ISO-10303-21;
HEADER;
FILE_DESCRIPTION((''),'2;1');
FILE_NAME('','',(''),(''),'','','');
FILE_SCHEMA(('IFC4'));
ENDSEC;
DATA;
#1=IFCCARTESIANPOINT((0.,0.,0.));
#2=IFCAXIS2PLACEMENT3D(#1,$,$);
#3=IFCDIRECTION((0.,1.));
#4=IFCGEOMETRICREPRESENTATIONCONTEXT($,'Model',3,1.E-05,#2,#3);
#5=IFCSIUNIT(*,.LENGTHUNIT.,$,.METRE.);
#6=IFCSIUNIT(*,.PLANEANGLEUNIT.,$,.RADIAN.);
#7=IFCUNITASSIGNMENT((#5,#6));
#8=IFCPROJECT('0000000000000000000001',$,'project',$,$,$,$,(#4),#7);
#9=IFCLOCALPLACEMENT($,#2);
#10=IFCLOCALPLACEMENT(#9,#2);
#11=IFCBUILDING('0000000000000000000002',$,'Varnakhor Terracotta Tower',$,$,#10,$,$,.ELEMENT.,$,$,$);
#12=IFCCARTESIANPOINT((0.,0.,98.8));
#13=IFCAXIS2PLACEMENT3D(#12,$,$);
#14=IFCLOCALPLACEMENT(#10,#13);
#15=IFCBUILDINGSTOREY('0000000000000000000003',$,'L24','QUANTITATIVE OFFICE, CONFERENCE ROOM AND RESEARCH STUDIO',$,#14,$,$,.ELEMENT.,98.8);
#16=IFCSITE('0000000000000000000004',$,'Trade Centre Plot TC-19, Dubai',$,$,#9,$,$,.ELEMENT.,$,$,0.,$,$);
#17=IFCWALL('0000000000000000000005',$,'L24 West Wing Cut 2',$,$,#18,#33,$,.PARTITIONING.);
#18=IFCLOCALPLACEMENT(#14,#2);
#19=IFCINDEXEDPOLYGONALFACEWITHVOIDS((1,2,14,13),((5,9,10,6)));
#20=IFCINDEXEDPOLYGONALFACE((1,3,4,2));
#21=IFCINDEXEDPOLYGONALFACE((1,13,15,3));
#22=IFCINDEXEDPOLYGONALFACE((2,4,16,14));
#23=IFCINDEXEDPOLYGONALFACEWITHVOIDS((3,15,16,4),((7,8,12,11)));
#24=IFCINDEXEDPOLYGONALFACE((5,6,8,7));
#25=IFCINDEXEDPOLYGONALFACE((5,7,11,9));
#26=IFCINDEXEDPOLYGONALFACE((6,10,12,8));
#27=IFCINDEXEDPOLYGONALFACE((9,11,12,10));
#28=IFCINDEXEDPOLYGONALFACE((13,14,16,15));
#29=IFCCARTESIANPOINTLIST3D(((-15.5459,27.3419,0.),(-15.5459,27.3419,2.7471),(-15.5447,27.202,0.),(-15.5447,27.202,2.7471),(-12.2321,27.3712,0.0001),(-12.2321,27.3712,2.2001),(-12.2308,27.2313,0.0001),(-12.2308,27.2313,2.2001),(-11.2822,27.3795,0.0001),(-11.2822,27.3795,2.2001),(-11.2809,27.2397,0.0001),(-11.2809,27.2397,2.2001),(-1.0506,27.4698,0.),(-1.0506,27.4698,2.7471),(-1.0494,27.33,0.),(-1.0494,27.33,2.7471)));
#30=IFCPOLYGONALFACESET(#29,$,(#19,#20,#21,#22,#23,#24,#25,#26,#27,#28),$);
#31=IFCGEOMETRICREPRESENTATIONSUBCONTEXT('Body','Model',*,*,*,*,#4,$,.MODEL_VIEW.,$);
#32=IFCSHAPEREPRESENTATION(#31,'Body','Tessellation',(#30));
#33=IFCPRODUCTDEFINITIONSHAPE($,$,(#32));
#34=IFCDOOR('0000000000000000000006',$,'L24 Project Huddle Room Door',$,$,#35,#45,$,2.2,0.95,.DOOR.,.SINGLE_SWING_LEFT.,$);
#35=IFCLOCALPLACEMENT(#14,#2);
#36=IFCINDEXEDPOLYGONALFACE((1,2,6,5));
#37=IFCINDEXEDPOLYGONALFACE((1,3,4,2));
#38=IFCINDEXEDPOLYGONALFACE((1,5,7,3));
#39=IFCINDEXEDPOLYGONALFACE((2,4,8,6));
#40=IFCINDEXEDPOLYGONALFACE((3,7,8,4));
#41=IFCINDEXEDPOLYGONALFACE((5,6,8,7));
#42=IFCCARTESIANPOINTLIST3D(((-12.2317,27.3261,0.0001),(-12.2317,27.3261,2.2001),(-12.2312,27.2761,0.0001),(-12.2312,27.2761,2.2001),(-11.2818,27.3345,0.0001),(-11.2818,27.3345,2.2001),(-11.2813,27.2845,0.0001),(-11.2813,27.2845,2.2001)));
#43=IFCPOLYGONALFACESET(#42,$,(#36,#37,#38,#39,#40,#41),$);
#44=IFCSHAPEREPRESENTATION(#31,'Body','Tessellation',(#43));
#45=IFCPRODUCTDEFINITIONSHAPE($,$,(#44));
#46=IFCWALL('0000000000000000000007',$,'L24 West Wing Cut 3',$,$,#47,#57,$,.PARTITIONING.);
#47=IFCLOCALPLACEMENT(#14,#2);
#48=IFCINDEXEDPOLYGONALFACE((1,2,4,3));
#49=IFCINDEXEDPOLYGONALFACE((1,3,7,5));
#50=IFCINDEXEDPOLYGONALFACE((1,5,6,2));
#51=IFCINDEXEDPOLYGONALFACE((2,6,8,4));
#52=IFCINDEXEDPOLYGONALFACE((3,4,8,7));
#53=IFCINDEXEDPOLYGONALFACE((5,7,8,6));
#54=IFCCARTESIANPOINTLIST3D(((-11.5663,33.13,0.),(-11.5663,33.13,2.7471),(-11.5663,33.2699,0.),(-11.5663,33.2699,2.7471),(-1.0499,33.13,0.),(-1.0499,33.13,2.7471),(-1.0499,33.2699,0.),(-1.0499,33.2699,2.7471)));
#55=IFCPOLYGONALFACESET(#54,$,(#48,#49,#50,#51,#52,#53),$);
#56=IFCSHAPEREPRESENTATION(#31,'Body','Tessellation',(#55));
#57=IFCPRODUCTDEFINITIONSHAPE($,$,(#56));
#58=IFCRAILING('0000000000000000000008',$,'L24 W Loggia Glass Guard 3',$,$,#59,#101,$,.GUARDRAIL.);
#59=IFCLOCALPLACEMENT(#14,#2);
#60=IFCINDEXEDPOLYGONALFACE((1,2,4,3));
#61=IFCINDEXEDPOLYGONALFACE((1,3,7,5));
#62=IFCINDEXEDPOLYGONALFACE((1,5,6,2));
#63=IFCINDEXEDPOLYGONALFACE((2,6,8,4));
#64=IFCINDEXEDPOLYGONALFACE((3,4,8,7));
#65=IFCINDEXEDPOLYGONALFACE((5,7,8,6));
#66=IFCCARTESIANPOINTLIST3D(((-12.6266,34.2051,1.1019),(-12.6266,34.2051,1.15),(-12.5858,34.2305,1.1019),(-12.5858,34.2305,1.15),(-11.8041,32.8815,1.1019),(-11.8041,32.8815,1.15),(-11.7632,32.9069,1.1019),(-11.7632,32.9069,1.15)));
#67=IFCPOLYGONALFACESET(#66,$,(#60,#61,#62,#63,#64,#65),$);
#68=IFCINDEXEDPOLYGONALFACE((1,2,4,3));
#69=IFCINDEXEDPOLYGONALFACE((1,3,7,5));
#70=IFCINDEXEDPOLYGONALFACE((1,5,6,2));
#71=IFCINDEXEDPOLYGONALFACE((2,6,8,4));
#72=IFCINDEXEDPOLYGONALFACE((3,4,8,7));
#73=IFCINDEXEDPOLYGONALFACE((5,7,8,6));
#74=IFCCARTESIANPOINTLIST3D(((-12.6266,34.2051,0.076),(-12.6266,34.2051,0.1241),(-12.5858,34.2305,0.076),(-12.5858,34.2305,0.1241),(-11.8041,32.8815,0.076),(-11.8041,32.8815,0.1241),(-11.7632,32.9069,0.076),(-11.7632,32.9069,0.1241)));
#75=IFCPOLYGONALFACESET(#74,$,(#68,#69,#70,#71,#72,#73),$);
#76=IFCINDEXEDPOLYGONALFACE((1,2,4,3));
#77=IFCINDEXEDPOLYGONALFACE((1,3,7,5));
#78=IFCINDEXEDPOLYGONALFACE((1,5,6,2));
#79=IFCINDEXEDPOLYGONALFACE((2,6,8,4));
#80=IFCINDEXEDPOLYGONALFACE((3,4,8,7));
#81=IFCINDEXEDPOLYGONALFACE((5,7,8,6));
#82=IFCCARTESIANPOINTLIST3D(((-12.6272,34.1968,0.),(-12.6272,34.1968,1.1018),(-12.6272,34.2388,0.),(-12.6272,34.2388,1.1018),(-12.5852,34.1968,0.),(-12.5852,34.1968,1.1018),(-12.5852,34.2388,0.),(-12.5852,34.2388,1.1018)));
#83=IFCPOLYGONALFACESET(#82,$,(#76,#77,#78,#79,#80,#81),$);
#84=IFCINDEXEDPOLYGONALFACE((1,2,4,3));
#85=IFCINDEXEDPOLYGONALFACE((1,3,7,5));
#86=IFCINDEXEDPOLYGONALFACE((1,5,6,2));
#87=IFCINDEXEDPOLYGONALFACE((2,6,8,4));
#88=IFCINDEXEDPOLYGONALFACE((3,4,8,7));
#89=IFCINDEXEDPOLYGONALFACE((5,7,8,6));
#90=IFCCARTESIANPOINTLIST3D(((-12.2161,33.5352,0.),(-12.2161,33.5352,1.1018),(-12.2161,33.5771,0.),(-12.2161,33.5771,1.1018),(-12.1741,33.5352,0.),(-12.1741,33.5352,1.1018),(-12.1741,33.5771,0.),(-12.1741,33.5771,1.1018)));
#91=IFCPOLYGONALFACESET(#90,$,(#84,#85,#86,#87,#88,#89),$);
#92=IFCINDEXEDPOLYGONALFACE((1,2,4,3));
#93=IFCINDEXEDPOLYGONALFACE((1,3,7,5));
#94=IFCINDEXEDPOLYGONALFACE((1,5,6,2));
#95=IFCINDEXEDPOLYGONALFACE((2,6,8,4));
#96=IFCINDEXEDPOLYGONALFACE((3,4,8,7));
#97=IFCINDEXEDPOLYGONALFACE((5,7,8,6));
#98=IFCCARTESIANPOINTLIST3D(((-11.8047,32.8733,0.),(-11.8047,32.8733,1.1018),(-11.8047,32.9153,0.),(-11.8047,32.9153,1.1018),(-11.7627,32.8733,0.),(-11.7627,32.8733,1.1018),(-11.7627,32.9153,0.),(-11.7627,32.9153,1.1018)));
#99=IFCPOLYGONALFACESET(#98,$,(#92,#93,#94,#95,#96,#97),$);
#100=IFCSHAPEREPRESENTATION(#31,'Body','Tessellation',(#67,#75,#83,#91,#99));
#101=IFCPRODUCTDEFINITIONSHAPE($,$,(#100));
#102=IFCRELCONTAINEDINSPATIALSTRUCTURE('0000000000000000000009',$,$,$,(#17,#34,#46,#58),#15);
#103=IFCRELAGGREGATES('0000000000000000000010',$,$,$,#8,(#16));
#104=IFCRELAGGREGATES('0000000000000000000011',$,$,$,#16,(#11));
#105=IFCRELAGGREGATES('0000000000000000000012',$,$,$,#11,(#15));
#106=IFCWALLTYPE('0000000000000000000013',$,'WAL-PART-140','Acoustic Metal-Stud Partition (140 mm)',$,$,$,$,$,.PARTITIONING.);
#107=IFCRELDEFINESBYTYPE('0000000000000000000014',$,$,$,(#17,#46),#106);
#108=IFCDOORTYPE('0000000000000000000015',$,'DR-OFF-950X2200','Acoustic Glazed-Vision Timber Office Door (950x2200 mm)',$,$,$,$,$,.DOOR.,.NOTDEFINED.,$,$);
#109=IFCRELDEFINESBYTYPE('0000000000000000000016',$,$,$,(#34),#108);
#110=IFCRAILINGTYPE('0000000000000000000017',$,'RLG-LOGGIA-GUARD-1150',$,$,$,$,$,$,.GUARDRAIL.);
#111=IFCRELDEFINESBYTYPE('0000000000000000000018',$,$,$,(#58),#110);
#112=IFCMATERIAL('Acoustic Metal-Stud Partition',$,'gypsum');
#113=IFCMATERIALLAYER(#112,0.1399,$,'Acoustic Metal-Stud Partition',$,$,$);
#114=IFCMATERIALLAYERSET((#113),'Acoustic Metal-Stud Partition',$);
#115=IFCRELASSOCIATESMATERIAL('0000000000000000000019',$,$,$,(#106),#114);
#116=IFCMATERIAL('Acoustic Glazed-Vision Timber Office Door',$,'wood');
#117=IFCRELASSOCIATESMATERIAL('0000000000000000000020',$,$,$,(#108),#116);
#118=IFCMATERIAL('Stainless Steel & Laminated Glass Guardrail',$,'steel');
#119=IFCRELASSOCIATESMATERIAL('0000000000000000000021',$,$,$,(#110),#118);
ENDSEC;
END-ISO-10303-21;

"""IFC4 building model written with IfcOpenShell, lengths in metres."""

from ifc_helpers import new_model, si_unit, direction, frame, frame_2d, origin, origin_2d, place, context, subcontext, project, spatial, rectangle, extrude, source, transform, mapped, material, layer, layer_set, type_object, type_shapes, element, fill, save


model = new_model("IFC4")

# Units and contexts
model_context = context("Model", 3, precision=1e-05, world=origin(), true_north=direction((0.0, 1.0)))
body_context = subcontext(model_context, "Body", "Model", "MODEL_VIEW")
ifc_project = project(units=[si_unit("LENGTHUNIT", "METRE"), si_unit("PLANEANGLEUNIT", "RADIAN")], contexts=[model_context])

# Site, building, storey
site_placement = place(None, origin())
site = spatial("IfcSite", under=ifc_project, at=site_placement, Name="Trade Centre Plot TC-19, Dubai", CompositionType="ELEMENT", RefElevation=0.0)
building_placement = place(site_placement, origin())
building = spatial("IfcBuilding", under=site, at=building_placement, Name="Varnakhor Terracotta Tower", CompositionType="ELEMENT")
storey_placement = place(building_placement, frame((0.0, 0.0, 98.8)))
storey = spatial("IfcBuildingStorey", under=building, at=storey_placement, Name="L24", Description="QUANTITATIVE OFFICE, CONFERENCE ROOM AND RESEARCH STUDIO", CompositionType="ELEMENT", Elevation=98.8)

# Wall, opening, door
ifc_material_1 = material(Name="Acoustic Metal-Stud Partition", Category="gypsum")
ifc_layer_1 = layer(ifc_material_1, 0.1399, Name="Acoustic Metal-Stud Partition")
ifc_layer_set_1 = layer_set([ifc_layer_1], Name="Acoustic Metal-Stud Partition")
wall_type = type_object("IfcWallType", Name="WAL-PART-140", Description="Acoustic Metal-Stud Partition (140 mm)", PredefinedType="PARTITIONING", material=ifc_layer_set_1)
wall_1_placement = place(storey_placement, frame((-15.5454, 27.272, 0.0), z_axis=(0.0, 0.0, 1.0), x_axis=(0.999961, 0.008825, 0.0)))
wall_1 = element("IfcWall", 1, at=wall_1_placement, inside=storey, type_object=wall_type, Name="L24 West Wing Cut 2", PredefinedType="PARTITIONING", context=body_context, shape_type="SweptSolid", body=[
    extrude(rectangle(XDim=14.4958, YDim=0.1399, at=frame_2d((7.248, 0.0))), origin(), (0.0, 0.0, 1.0), 2.7471),
])
opening_placement = place(wall_1_placement, frame((3.314, 0.0, 0.0)))
opening = element("IfcOpeningElement", 2, at=opening_placement, cuts=wall_1, PredefinedType="OPENING", context=body_context, shape_type="SweptSolid", body=[
    extrude(rectangle(XDim=0.95, YDim=2.2, at=frame_2d((0.4751, 1.1001))), frame((0.0, 0.0801, 0.0), z_axis=(0.0, -1.0, 0.0), x_axis=(1.0, 0.0, 0.0)), (0.0, 0.0, 1.0), 0.1599),
])
ifc_material_2 = material(Name="Acoustic Glazed-Vision Timber Office Door", Category="wood")
door_type = type_object("IfcDoorType", Name="DR-OFF-950X2200", Description="Acoustic Glazed-Vision Timber Office Door (950x2200 mm)", OperationType="NOTDEFINED", PredefinedType="DOOR", material=ifc_material_2)
shared_shape_1 = source(origin(), body_context, "Body", "SweptSolid", [
    extrude(rectangle(XDim=0.95, YDim=2.2, at=frame_2d((0.4751, 1.1001))), frame((0.0, 0.0249, 0.0), z_axis=(0.0, -1.0, 0.0), x_axis=(1.0, 0.0, 0.0)), (0.0, 0.0, 1.0), 0.05),
])
type_shapes(door_type, [shared_shape_1])
door_placement = place(opening_placement, origin())
door = element("IfcDoor", 3, at=door_placement, inside=storey, type_object=door_type, Name="L24 Project Huddle Room Door", OperationType="SINGLE_SWING_LEFT", OverallHeight=2.2, OverallWidth=0.95, PredefinedType="DOOR", context=body_context, shape_type="MappedRepresentation", body=[
    mapped(shared_shape_1, transform((0.0, 0.0, 0.0), scale=1.0)),
])
fill(opening, door)

# Wall
wall_2_placement = place(storey_placement, frame((-11.5664, 33.2, 0.0), z_axis=(0.0, 0.0, 1.0), x_axis=(1.0, 0.0, 0.0)))
element("IfcWall", 4, at=wall_2_placement, inside=storey, type_object=wall_type, Name="L24 West Wing Cut 3", PredefinedType="PARTITIONING", context=body_context, shape_type="SweptSolid", body=[
    extrude(rectangle(XDim=10.5164, YDim=0.1399, at=frame_2d((5.2583, 0.0))), origin(), (0.0, 0.0, 1.0), 2.7471),
])

# Railing
ifc_material_3 = material(Name="Stainless Steel & Laminated Glass Guardrail", Category="steel")
railing_type = type_object("IfcRailingType", Name="RLG-LOGGIA-GUARD-1150", PredefinedType="GUARDRAIL", material=ifc_material_3)
railing_placement = place(storey_placement, frame((-12.6062, 34.2178, 0.0)))
element("IfcRailing", 5, at=railing_placement, inside=storey, type_object=railing_type, Name="L24 W Loggia Glass Guard 3", PredefinedType="GUARDRAIL", context=body_context, shape_type="SweptSolid", body=[
    extrude(rectangle(XDim=0.0481, YDim=0.0481, at=origin_2d()), frame((0.0, 0.0, 1.126), z_axis=(0.527842, -0.849342, 0.0), x_axis=(0.849342, 0.527842, 0.0)), (0.0, 0.0, 1.0), 1.5583),
    extrude(rectangle(XDim=0.0481, YDim=0.0481, at=origin_2d()), frame((0.0, 0.0, 0.1001), z_axis=(0.527842, -0.849342, 0.0), x_axis=(0.849342, 0.527842, 0.0)), (0.0, 0.0, 1.0), 1.5583),
    extrude(rectangle(XDim=0.042, YDim=0.042, at=origin_2d()), origin(), (0.0, 0.0, 1.0), 1.1018),
    extrude(rectangle(XDim=0.042, YDim=0.042, at=origin_2d()), frame((0.4111, -0.6616, 0.0)), (0.0, 0.0, 1.0), 1.1018),
    extrude(rectangle(XDim=0.042, YDim=0.042, at=origin_2d()), frame((0.8225, -1.3235, 0.0)), (0.0, 0.0, 1.0), 1.1018),
])

save(model, "model.ifc")
